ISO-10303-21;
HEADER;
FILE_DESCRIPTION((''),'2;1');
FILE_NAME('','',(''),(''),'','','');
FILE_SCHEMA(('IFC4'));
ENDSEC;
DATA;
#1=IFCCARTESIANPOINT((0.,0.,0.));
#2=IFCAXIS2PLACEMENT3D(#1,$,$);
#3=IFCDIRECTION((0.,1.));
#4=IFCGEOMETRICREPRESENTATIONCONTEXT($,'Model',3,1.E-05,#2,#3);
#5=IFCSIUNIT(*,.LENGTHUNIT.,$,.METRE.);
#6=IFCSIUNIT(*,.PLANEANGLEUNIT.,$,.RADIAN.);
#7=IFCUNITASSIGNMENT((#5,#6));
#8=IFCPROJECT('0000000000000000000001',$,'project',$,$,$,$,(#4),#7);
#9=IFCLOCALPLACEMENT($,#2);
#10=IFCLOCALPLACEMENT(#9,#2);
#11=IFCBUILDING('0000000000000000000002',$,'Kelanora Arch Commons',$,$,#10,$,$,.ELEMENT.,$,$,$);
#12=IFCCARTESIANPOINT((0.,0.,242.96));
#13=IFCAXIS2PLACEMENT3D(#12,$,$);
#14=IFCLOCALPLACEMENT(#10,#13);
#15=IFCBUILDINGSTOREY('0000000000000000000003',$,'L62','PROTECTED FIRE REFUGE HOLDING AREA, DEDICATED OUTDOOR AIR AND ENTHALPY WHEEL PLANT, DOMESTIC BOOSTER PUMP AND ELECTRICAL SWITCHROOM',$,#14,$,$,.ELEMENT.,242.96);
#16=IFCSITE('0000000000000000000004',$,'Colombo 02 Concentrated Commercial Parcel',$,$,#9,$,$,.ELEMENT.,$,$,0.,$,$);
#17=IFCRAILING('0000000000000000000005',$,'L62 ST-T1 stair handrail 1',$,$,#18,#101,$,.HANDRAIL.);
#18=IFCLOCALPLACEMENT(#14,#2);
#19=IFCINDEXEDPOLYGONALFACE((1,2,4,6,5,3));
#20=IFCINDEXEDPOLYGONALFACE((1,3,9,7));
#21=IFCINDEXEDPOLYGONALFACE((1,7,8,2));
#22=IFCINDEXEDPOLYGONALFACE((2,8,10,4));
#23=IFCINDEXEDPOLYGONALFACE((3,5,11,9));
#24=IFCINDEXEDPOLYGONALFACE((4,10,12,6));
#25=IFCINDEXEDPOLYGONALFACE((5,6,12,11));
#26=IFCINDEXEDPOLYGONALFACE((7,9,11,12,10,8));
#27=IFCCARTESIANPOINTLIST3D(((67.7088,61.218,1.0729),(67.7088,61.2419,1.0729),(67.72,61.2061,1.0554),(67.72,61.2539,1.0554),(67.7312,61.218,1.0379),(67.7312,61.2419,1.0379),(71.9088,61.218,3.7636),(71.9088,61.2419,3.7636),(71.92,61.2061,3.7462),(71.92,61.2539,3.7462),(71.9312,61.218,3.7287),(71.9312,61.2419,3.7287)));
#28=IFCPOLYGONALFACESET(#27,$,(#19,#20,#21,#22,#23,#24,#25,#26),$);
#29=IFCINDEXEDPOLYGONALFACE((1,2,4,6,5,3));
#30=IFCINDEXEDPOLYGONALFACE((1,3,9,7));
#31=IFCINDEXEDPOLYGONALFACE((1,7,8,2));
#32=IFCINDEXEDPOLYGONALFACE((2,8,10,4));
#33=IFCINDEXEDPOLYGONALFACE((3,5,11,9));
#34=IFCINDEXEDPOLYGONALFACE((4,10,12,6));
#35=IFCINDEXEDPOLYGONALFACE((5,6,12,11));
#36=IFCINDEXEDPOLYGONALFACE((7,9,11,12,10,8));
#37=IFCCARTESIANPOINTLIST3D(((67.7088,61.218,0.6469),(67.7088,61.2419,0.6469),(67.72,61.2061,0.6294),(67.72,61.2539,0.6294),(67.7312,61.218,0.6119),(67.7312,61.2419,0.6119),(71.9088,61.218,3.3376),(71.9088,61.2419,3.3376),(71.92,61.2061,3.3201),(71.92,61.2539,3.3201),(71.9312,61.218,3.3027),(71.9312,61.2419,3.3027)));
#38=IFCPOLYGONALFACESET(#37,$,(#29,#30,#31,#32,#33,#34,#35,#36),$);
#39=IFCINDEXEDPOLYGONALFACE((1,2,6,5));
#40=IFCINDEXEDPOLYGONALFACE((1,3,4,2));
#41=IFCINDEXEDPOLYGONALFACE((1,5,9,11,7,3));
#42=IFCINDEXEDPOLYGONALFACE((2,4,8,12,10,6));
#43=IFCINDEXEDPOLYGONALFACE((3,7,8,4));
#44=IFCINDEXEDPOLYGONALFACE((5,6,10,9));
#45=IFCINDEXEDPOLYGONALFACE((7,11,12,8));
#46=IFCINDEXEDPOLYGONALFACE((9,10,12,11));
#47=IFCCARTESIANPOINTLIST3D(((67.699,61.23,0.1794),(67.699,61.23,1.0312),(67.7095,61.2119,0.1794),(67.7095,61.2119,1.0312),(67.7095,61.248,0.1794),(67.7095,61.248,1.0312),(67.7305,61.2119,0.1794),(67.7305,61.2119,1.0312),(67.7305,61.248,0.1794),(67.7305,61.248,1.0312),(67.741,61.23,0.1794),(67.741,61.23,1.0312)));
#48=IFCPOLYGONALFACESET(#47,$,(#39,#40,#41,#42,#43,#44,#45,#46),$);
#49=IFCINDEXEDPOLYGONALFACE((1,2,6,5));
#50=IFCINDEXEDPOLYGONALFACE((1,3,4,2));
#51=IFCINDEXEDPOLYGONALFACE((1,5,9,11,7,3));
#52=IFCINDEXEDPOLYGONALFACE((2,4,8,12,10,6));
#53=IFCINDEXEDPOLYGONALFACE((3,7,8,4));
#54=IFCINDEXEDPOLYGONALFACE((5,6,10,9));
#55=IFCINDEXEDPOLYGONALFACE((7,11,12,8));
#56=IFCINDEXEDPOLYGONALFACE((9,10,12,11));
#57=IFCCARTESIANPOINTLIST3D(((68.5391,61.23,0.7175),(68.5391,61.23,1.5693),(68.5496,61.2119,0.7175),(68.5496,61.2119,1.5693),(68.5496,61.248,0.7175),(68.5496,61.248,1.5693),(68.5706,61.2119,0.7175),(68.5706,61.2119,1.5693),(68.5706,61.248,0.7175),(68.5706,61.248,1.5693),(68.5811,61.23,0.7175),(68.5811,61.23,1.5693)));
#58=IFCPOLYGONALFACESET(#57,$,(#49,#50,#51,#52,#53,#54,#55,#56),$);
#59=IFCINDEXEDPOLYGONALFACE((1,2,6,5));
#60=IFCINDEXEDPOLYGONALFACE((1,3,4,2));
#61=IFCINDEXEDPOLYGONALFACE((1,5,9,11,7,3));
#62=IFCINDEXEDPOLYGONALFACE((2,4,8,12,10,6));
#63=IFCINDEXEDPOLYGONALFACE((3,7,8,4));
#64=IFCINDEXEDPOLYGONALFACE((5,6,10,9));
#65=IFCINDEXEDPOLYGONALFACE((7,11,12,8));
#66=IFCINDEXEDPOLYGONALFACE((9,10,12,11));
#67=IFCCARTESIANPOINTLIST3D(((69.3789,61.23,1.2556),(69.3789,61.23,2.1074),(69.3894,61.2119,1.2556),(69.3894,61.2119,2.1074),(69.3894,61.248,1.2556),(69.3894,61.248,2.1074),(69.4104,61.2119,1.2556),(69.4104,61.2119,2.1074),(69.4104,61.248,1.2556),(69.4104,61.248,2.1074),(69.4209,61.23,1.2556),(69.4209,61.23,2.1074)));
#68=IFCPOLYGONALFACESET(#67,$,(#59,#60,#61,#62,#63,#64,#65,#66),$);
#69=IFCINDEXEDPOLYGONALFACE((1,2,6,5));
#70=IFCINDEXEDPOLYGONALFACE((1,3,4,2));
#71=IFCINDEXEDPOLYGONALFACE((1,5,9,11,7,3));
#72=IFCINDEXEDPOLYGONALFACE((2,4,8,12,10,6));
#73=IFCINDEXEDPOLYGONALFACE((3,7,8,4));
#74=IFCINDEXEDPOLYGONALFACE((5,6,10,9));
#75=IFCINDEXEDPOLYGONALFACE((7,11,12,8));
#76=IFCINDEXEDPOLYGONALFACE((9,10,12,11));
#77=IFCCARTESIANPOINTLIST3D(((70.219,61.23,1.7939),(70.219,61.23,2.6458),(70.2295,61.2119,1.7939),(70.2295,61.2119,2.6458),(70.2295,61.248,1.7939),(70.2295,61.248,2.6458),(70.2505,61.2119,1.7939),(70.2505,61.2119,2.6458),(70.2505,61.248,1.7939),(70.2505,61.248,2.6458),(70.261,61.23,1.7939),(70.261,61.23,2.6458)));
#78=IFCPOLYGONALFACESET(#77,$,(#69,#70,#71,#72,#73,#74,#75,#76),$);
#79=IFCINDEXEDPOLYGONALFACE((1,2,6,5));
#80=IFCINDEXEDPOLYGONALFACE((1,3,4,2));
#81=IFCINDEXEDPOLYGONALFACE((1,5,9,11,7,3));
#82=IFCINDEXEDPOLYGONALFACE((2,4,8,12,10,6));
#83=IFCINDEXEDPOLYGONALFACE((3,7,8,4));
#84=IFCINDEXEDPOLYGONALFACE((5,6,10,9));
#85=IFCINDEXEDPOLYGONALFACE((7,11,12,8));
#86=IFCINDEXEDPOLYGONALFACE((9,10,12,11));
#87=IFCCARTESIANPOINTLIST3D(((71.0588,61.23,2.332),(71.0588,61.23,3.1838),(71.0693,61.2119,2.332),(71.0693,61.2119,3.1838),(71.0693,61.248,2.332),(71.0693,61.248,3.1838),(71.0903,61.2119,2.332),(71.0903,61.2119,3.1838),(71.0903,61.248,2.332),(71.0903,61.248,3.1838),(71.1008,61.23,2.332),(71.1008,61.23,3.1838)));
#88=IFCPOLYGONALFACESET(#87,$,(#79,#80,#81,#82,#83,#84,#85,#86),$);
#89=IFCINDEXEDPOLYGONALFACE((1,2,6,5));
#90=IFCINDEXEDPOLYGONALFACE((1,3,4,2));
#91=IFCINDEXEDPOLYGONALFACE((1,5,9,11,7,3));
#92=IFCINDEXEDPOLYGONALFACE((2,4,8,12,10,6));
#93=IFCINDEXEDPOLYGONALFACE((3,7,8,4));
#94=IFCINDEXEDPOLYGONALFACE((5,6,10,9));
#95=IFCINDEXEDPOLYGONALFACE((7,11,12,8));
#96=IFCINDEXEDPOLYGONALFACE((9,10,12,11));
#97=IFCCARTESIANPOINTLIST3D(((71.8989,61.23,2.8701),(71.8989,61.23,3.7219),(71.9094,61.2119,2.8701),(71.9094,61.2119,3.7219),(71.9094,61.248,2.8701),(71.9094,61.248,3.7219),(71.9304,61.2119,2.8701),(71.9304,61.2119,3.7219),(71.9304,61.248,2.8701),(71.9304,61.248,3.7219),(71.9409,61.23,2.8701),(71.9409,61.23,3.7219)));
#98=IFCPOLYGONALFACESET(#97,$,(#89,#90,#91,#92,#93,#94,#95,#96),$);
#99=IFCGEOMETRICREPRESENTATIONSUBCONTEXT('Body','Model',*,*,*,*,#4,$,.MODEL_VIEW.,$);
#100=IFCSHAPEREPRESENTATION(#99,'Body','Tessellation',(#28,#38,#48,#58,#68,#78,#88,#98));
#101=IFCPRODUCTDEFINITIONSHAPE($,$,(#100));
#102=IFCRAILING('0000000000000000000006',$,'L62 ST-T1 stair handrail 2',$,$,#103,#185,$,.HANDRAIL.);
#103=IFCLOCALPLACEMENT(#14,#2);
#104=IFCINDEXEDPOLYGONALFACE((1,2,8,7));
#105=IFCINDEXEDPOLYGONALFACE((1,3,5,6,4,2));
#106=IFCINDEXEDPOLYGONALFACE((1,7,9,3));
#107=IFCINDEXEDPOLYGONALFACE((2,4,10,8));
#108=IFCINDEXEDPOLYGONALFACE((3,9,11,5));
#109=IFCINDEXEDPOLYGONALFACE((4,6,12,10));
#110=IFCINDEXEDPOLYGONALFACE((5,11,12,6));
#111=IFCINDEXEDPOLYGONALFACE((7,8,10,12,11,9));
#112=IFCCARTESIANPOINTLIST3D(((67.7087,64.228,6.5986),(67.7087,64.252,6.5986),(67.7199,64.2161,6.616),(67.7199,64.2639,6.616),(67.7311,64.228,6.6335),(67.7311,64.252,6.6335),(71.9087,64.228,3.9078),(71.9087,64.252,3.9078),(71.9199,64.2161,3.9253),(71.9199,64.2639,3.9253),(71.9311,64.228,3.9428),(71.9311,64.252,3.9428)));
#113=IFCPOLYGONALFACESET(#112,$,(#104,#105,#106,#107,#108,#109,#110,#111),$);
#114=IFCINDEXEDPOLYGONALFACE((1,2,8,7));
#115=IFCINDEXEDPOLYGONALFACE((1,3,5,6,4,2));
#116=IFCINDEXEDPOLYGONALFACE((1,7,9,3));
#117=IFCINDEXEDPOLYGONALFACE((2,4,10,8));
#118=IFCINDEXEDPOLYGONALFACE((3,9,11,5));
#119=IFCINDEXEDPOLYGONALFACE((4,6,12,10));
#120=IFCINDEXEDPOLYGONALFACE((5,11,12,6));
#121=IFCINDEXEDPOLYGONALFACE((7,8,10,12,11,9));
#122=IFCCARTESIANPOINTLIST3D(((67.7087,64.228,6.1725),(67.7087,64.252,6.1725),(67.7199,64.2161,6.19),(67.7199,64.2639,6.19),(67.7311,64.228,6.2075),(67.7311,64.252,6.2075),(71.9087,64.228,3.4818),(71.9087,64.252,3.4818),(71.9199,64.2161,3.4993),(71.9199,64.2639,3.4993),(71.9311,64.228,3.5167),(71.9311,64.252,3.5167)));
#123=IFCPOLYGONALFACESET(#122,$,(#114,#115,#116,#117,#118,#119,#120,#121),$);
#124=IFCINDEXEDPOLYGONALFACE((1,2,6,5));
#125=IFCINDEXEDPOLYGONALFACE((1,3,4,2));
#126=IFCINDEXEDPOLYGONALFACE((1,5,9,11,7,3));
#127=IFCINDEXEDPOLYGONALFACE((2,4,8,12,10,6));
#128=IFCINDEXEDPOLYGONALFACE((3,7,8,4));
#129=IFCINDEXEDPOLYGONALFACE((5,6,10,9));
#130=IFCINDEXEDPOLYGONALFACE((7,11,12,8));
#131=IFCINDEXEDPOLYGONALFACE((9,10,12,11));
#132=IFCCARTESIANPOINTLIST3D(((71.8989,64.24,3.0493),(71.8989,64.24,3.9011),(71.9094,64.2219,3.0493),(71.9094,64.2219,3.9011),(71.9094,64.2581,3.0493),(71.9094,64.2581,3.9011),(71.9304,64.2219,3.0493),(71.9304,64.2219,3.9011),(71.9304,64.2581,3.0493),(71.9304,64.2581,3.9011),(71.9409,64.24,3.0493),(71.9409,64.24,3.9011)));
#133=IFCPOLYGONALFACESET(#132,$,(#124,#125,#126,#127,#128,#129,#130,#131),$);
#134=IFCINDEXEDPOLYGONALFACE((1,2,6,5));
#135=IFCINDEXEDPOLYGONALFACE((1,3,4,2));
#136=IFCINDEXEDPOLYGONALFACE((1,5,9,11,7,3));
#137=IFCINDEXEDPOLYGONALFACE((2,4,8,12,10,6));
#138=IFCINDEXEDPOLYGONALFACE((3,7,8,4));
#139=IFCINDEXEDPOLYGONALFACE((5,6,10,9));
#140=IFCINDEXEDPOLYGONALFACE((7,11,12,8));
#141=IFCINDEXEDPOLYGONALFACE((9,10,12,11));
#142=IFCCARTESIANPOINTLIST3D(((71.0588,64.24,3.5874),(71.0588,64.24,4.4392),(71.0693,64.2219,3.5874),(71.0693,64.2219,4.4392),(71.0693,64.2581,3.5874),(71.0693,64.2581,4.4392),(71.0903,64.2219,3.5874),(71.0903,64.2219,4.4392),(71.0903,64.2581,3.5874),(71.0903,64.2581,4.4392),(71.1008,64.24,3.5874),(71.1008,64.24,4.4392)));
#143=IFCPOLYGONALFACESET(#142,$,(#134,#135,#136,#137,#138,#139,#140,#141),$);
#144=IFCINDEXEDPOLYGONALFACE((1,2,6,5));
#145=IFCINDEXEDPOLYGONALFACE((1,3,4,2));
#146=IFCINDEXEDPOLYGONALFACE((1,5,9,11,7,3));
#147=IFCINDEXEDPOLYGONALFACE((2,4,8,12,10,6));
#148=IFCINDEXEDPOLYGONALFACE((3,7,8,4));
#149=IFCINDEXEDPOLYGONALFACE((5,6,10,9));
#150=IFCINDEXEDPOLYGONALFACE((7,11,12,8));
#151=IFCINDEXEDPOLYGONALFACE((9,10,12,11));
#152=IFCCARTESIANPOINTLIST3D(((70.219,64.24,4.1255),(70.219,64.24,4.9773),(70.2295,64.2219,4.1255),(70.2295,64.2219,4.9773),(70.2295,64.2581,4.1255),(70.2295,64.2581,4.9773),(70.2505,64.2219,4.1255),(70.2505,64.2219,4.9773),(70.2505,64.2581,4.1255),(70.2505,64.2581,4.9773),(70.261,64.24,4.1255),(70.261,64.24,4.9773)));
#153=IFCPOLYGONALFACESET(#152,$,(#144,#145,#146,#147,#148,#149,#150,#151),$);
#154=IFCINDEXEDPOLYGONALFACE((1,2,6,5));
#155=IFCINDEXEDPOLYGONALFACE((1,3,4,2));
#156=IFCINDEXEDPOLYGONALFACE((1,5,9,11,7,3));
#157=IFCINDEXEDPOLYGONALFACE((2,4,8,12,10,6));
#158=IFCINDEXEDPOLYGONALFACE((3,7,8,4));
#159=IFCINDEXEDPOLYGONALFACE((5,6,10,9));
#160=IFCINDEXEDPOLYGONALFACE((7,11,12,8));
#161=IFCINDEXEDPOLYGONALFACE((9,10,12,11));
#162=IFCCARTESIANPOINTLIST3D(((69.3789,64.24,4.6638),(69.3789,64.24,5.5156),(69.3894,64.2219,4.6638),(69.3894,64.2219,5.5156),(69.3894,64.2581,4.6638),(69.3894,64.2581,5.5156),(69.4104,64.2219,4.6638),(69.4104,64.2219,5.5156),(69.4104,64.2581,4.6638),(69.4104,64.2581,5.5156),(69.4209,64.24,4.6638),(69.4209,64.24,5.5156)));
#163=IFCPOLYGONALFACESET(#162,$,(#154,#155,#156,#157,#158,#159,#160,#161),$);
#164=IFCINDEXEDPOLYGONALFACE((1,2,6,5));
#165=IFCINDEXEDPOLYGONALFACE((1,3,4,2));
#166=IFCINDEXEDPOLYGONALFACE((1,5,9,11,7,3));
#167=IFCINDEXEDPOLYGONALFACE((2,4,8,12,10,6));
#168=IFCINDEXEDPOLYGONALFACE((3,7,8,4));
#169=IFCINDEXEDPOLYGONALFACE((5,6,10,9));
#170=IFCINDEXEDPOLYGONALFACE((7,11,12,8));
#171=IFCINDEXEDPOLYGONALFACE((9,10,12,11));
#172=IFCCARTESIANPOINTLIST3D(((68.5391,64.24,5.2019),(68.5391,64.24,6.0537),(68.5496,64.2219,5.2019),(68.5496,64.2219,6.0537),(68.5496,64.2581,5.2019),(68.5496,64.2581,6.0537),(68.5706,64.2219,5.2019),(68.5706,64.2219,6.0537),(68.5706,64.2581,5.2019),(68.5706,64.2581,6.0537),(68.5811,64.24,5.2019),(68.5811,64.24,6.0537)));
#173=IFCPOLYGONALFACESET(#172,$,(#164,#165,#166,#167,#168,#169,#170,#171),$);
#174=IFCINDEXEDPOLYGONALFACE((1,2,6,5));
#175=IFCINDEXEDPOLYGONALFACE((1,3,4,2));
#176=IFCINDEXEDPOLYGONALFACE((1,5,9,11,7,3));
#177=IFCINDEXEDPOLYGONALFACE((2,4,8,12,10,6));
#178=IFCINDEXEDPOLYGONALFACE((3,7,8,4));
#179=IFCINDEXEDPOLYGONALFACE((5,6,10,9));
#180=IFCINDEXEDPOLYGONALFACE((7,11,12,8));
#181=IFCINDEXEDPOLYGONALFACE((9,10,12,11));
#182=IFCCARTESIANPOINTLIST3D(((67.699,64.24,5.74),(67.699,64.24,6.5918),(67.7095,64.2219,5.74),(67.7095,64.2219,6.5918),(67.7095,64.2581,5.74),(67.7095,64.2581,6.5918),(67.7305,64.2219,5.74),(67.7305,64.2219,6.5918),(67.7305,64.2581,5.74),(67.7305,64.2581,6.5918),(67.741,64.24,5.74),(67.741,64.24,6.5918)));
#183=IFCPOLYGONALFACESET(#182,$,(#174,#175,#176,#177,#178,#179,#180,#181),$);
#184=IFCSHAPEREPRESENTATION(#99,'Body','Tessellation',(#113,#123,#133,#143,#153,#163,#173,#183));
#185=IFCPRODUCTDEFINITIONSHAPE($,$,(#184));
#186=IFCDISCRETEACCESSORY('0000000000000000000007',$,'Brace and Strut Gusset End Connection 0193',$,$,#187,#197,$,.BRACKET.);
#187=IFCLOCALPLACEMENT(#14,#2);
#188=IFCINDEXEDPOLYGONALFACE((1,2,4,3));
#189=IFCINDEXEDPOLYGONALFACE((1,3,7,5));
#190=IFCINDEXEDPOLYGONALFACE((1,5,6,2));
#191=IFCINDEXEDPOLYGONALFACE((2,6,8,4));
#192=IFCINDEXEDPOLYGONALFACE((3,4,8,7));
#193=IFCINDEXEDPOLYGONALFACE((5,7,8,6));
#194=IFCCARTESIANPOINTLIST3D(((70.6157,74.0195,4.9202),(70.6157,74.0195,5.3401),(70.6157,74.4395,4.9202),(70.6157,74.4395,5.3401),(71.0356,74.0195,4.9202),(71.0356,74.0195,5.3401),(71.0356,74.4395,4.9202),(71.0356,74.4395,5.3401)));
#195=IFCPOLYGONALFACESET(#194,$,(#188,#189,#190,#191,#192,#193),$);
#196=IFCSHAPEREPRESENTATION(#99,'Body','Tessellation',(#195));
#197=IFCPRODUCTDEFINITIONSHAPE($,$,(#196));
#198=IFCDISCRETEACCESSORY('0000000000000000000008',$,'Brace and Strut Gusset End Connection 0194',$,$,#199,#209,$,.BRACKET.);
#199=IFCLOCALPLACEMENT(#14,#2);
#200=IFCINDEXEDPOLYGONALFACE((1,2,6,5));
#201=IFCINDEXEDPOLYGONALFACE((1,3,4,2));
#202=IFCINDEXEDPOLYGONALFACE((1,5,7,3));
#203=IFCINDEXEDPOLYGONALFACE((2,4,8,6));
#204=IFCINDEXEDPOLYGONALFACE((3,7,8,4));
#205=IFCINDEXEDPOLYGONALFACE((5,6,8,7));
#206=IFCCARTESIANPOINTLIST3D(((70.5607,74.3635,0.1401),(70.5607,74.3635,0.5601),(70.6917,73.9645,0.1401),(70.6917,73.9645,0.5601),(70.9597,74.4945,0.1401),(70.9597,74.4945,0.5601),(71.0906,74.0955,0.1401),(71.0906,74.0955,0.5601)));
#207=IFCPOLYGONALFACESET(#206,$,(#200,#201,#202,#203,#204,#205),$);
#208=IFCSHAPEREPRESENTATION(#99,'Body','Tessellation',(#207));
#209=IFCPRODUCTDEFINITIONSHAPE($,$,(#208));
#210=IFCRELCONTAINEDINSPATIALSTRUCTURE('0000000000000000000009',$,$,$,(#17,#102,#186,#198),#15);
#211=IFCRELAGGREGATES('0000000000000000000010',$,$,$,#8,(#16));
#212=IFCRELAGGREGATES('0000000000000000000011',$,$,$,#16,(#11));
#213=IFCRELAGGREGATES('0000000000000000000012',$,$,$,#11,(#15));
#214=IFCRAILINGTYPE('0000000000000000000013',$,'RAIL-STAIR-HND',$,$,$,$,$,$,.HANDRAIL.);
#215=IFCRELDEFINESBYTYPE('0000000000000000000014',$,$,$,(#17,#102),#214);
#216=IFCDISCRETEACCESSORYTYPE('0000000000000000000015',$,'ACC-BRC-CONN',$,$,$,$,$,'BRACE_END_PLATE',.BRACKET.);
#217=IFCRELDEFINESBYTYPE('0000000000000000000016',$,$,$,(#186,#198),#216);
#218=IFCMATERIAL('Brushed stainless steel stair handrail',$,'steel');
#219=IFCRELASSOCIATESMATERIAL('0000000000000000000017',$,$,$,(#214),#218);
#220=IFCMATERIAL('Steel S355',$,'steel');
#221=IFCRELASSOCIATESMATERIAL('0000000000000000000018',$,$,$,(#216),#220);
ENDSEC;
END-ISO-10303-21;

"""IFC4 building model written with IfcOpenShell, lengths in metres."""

from ifc_helpers import new_model, si_unit, direction, frame, origin, origin_2d, place, context, subcontext, project, spatial, polyline, rectangle, outline, extrude, source, transform, mapped, material, type_object, element, save


model = new_model("IFC4")

# Units and contexts
model_context = context("Model", 3, precision=1e-05, world=origin(), true_north=direction((0.0, 1.0)))
body_context = subcontext(model_context, "Body", "Model", "MODEL_VIEW")
ifc_project = project(units=[si_unit("LENGTHUNIT", "METRE"), si_unit("PLANEANGLEUNIT", "RADIAN")], contexts=[model_context])

# Site, building, storey
site_placement = place(None, origin())
site = spatial("IfcSite", under=ifc_project, at=site_placement, Name="Colombo 02 Concentrated Commercial Parcel", CompositionType="ELEMENT", RefElevation=0.0)
building_placement = place(site_placement, origin())
building = spatial("IfcBuilding", under=site, at=building_placement, Name="Kelanora Arch Commons", CompositionType="ELEMENT")
storey_placement = place(building_placement, frame((0.0, 0.0, 242.96)))
storey = spatial("IfcBuildingStorey", under=building, at=storey_placement, Name="L62", Description="PROTECTED FIRE REFUGE HOLDING AREA, DEDICATED OUTDOOR AIR AND ENTHALPY WHEEL PLANT, DOMESTIC BOOSTER PUMP AND ELECTRICAL SWITCHROOM", CompositionType="ELEMENT", Elevation=242.96)

# Shared definitions
ifc_material_1 = material(Name="Steel S355", Category="steel")

# Railings
ifc_material_2 = material(Name="Brushed stainless steel stair handrail", Category="steel")
railing_type_1 = type_object("IfcRailingType", Name="RAIL-STAIR-HND", PredefinedType="HANDRAIL", material=ifc_material_2)
railing_1_placement = place(storey_placement, frame((67.72, 61.23, 0.1794)))
element("IfcRailing", 1, at=railing_1_placement, inside=storey, type_object=railing_type_1, Name="L62 ST-T1 stair handrail 1", PredefinedType="HANDRAIL", context=body_context, shape_type="SweptSolid", body=[
    extrude(outline(polyline([(0.0239, 0.0), (0.012, 0.0208), (-0.012, 0.0208), (-0.0239, 0.0), (-0.012, -0.0208), (0.012, -0.0208), (0.0239, 0.0)])), frame((0.0, 0.0, 0.876), z_axis=(0.842025, 0.0, 0.539438), x_axis=(0.0, 1.0, 0.0)), (0.0, 0.0, 1.0), 4.988),
    extrude(outline(polyline([(0.0239, 0.0), (0.012, 0.0208), (-0.012, 0.0208), (-0.0239, 0.0), (-0.012, -0.0208), (0.012, -0.0208), (0.0239, 0.0)])), frame((0.0, 0.0, 0.45), z_axis=(0.842025, 0.0, 0.539438), x_axis=(0.0, 1.0, 0.0)), (0.0, 0.0, 1.0), 4.988),
    extrude(outline(polyline([(0.021, 0.0), (0.0105, 0.0181), (-0.0105, 0.0181), (-0.021, 0.0), (-0.0105, -0.0181), (0.0105, -0.0181), (0.021, 0.0)])), origin(), (0.0, 0.0, 1.0), 0.8518),
    extrude(outline(polyline([(0.021, 0.0), (0.0105, 0.0181), (-0.0105, 0.0181), (-0.021, 0.0), (-0.0105, -0.0181), (0.0105, -0.0181), (0.021, 0.0)])), frame((0.8401, 0.0, 0.5381)), (0.0, 0.0, 1.0), 0.8518),
    extrude(outline(polyline([(0.021, 0.0), (0.0105, 0.0181), (-0.0105, 0.0181), (-0.021, 0.0), (-0.0105, -0.0181), (0.0105, -0.0181), (0.021, 0.0)])), frame((1.6799, 0.0, 1.0762)), (0.0, 0.0, 1.0), 0.8518),
    extrude(outline(polyline([(0.021, 0.0), (0.0105, 0.0181), (-0.0105, 0.0181), (-0.021, 0.0), (-0.0105, -0.0181), (0.0105, -0.0181), (0.021, 0.0)])), frame((2.52, 0.0, 1.6145)), (0.0, 0.0, 1.0), 0.8518),
    extrude(outline(polyline([(0.021, 0.0), (0.0105, 0.0181), (-0.0105, 0.0181), (-0.021, 0.0), (-0.0105, -0.0181), (0.0105, -0.0181), (0.021, 0.0)])), frame((3.3599, 0.0, 2.1526)), (0.0, 0.0, 1.0), 0.8518),
    extrude(outline(polyline([(0.021, 0.0), (0.0105, 0.0181), (-0.0105, 0.0181), (-0.021, 0.0), (-0.0105, -0.0181), (0.0105, -0.0181), (0.021, 0.0)])), frame((4.2, 0.0, 2.6907)), (0.0, 0.0, 1.0), 0.8518),
])
railing_2_placement = place(storey_placement, frame((71.9199, 64.24, 3.0493)))
element("IfcRailing", 2, at=railing_2_placement, inside=storey, type_object=railing_type_1, Name="L62 ST-T1 stair handrail 2", PredefinedType="HANDRAIL", context=body_context, shape_type="SweptSolid", body=[
    extrude(outline(polyline([(0.0239, 0.0), (0.012, 0.0208), (-0.012, 0.0208), (-0.0239, 0.0), (-0.012, -0.0208), (0.012, -0.0208), (0.0239, 0.0)])), frame((0.0, 0.0, 0.876), z_axis=(-0.842025, 0.0, 0.539438), x_axis=(0.0, -1.0, 0.0)), (0.0, 0.0, 1.0), 4.988),
    extrude(outline(polyline([(0.0239, 0.0), (0.012, 0.0208), (-0.012, 0.0208), (-0.0239, 0.0), (-0.012, -0.0208), (0.012, -0.0208), (0.0239, 0.0)])), frame((0.0, 0.0, 0.45), z_axis=(-0.842025, 0.0, 0.539438), x_axis=(0.0, -1.0, 0.0)), (0.0, 0.0, 1.0), 4.988),
    extrude(outline(polyline([(0.021, 0.0), (0.0105, 0.0181), (-0.0105, 0.0181), (-0.021, 0.0), (-0.0105, -0.0181), (0.0105, -0.0181), (0.021, 0.0)])), origin(), (0.0, 0.0, 1.0), 0.8518),
    extrude(outline(polyline([(0.021, 0.0), (0.0105, 0.0181), (-0.0105, 0.0181), (-0.021, 0.0), (-0.0105, -0.0181), (0.0105, -0.0181), (0.021, 0.0)])), frame((-0.8401, 0.0, 0.5381)), (0.0, 0.0, 1.0), 0.8518),
    extrude(outline(polyline([(0.021, 0.0), (0.0105, 0.0181), (-0.0105, 0.0181), (-0.021, 0.0), (-0.0105, -0.0181), (0.0105, -0.0181), (0.021, 0.0)])), frame((-1.6799, 0.0, 1.0762)), (0.0, 0.0, 1.0), 0.8518),
    extrude(outline(polyline([(0.021, 0.0), (0.0105, 0.0181), (-0.0105, 0.0181), (-0.021, 0.0), (-0.0105, -0.0181), (0.0105, -0.0181), (0.021, 0.0)])), frame((-2.52, 0.0, 1.6145)), (0.0, 0.0, 1.0), 0.8518),
    extrude(outline(polyline([(0.021, 0.0), (0.0105, 0.0181), (-0.0105, 0.0181), (-0.021, 0.0), (-0.0105, -0.0181), (0.0105, -0.0181), (0.021, 0.0)])), frame((-3.3599, 0.0, 2.1526)), (0.0, 0.0, 1.0), 0.8518),
    extrude(outline(polyline([(0.021, 0.0), (0.0105, 0.0181), (-0.0105, 0.0181), (-0.021, 0.0), (-0.0105, -0.0181), (0.0105, -0.0181), (0.021, 0.0)])), frame((-4.2, 0.0, 2.6907)), (0.0, 0.0, 1.0), 0.8518),
])

# Discrete accessories
discrete_accessory_type = type_object("IfcDiscreteAccessoryType", Name="ACC-BRC-CONN", ElementType="BRACE_END_PLATE", PredefinedType="BRACKET", material=ifc_material_1)
shared_shape = source(origin(), body_context, "Body", "SweptSolid", [
    extrude(rectangle(XDim=0.4199, YDim=0.4199, at=origin_2d()), origin(), (0.0, 0.0, 1.0), 0.4199),
])
for number, where, z_axis, x_axis, name in (
    (3, (70.8257, 74.2295, 4.9202), (0.0, 0.0, 1.0), (-1.0, 0.0, 0.0), "Brace and Strut Gusset End Connection 0193"),
    (4, (70.8257, 74.2295, 0.1401), (0.0, 0.0, 1.0), (-0.950135, -0.311837, 0.0), "Brace and Strut Gusset End Connection 0194"),
):
    element("IfcDiscreteAccessory", number, at=place(storey_placement, frame(where, z_axis=z_axis, x_axis=x_axis)), inside=storey, type_object=discrete_accessory_type, Name=name, PredefinedType="BRACKET", context=body_context, shape_type="MappedRepresentation", body=[
        mapped(shared_shape, transform((0.0, 0.0, 0.0), scale=1.0)),
    ])

save(model, "model.ifc")
